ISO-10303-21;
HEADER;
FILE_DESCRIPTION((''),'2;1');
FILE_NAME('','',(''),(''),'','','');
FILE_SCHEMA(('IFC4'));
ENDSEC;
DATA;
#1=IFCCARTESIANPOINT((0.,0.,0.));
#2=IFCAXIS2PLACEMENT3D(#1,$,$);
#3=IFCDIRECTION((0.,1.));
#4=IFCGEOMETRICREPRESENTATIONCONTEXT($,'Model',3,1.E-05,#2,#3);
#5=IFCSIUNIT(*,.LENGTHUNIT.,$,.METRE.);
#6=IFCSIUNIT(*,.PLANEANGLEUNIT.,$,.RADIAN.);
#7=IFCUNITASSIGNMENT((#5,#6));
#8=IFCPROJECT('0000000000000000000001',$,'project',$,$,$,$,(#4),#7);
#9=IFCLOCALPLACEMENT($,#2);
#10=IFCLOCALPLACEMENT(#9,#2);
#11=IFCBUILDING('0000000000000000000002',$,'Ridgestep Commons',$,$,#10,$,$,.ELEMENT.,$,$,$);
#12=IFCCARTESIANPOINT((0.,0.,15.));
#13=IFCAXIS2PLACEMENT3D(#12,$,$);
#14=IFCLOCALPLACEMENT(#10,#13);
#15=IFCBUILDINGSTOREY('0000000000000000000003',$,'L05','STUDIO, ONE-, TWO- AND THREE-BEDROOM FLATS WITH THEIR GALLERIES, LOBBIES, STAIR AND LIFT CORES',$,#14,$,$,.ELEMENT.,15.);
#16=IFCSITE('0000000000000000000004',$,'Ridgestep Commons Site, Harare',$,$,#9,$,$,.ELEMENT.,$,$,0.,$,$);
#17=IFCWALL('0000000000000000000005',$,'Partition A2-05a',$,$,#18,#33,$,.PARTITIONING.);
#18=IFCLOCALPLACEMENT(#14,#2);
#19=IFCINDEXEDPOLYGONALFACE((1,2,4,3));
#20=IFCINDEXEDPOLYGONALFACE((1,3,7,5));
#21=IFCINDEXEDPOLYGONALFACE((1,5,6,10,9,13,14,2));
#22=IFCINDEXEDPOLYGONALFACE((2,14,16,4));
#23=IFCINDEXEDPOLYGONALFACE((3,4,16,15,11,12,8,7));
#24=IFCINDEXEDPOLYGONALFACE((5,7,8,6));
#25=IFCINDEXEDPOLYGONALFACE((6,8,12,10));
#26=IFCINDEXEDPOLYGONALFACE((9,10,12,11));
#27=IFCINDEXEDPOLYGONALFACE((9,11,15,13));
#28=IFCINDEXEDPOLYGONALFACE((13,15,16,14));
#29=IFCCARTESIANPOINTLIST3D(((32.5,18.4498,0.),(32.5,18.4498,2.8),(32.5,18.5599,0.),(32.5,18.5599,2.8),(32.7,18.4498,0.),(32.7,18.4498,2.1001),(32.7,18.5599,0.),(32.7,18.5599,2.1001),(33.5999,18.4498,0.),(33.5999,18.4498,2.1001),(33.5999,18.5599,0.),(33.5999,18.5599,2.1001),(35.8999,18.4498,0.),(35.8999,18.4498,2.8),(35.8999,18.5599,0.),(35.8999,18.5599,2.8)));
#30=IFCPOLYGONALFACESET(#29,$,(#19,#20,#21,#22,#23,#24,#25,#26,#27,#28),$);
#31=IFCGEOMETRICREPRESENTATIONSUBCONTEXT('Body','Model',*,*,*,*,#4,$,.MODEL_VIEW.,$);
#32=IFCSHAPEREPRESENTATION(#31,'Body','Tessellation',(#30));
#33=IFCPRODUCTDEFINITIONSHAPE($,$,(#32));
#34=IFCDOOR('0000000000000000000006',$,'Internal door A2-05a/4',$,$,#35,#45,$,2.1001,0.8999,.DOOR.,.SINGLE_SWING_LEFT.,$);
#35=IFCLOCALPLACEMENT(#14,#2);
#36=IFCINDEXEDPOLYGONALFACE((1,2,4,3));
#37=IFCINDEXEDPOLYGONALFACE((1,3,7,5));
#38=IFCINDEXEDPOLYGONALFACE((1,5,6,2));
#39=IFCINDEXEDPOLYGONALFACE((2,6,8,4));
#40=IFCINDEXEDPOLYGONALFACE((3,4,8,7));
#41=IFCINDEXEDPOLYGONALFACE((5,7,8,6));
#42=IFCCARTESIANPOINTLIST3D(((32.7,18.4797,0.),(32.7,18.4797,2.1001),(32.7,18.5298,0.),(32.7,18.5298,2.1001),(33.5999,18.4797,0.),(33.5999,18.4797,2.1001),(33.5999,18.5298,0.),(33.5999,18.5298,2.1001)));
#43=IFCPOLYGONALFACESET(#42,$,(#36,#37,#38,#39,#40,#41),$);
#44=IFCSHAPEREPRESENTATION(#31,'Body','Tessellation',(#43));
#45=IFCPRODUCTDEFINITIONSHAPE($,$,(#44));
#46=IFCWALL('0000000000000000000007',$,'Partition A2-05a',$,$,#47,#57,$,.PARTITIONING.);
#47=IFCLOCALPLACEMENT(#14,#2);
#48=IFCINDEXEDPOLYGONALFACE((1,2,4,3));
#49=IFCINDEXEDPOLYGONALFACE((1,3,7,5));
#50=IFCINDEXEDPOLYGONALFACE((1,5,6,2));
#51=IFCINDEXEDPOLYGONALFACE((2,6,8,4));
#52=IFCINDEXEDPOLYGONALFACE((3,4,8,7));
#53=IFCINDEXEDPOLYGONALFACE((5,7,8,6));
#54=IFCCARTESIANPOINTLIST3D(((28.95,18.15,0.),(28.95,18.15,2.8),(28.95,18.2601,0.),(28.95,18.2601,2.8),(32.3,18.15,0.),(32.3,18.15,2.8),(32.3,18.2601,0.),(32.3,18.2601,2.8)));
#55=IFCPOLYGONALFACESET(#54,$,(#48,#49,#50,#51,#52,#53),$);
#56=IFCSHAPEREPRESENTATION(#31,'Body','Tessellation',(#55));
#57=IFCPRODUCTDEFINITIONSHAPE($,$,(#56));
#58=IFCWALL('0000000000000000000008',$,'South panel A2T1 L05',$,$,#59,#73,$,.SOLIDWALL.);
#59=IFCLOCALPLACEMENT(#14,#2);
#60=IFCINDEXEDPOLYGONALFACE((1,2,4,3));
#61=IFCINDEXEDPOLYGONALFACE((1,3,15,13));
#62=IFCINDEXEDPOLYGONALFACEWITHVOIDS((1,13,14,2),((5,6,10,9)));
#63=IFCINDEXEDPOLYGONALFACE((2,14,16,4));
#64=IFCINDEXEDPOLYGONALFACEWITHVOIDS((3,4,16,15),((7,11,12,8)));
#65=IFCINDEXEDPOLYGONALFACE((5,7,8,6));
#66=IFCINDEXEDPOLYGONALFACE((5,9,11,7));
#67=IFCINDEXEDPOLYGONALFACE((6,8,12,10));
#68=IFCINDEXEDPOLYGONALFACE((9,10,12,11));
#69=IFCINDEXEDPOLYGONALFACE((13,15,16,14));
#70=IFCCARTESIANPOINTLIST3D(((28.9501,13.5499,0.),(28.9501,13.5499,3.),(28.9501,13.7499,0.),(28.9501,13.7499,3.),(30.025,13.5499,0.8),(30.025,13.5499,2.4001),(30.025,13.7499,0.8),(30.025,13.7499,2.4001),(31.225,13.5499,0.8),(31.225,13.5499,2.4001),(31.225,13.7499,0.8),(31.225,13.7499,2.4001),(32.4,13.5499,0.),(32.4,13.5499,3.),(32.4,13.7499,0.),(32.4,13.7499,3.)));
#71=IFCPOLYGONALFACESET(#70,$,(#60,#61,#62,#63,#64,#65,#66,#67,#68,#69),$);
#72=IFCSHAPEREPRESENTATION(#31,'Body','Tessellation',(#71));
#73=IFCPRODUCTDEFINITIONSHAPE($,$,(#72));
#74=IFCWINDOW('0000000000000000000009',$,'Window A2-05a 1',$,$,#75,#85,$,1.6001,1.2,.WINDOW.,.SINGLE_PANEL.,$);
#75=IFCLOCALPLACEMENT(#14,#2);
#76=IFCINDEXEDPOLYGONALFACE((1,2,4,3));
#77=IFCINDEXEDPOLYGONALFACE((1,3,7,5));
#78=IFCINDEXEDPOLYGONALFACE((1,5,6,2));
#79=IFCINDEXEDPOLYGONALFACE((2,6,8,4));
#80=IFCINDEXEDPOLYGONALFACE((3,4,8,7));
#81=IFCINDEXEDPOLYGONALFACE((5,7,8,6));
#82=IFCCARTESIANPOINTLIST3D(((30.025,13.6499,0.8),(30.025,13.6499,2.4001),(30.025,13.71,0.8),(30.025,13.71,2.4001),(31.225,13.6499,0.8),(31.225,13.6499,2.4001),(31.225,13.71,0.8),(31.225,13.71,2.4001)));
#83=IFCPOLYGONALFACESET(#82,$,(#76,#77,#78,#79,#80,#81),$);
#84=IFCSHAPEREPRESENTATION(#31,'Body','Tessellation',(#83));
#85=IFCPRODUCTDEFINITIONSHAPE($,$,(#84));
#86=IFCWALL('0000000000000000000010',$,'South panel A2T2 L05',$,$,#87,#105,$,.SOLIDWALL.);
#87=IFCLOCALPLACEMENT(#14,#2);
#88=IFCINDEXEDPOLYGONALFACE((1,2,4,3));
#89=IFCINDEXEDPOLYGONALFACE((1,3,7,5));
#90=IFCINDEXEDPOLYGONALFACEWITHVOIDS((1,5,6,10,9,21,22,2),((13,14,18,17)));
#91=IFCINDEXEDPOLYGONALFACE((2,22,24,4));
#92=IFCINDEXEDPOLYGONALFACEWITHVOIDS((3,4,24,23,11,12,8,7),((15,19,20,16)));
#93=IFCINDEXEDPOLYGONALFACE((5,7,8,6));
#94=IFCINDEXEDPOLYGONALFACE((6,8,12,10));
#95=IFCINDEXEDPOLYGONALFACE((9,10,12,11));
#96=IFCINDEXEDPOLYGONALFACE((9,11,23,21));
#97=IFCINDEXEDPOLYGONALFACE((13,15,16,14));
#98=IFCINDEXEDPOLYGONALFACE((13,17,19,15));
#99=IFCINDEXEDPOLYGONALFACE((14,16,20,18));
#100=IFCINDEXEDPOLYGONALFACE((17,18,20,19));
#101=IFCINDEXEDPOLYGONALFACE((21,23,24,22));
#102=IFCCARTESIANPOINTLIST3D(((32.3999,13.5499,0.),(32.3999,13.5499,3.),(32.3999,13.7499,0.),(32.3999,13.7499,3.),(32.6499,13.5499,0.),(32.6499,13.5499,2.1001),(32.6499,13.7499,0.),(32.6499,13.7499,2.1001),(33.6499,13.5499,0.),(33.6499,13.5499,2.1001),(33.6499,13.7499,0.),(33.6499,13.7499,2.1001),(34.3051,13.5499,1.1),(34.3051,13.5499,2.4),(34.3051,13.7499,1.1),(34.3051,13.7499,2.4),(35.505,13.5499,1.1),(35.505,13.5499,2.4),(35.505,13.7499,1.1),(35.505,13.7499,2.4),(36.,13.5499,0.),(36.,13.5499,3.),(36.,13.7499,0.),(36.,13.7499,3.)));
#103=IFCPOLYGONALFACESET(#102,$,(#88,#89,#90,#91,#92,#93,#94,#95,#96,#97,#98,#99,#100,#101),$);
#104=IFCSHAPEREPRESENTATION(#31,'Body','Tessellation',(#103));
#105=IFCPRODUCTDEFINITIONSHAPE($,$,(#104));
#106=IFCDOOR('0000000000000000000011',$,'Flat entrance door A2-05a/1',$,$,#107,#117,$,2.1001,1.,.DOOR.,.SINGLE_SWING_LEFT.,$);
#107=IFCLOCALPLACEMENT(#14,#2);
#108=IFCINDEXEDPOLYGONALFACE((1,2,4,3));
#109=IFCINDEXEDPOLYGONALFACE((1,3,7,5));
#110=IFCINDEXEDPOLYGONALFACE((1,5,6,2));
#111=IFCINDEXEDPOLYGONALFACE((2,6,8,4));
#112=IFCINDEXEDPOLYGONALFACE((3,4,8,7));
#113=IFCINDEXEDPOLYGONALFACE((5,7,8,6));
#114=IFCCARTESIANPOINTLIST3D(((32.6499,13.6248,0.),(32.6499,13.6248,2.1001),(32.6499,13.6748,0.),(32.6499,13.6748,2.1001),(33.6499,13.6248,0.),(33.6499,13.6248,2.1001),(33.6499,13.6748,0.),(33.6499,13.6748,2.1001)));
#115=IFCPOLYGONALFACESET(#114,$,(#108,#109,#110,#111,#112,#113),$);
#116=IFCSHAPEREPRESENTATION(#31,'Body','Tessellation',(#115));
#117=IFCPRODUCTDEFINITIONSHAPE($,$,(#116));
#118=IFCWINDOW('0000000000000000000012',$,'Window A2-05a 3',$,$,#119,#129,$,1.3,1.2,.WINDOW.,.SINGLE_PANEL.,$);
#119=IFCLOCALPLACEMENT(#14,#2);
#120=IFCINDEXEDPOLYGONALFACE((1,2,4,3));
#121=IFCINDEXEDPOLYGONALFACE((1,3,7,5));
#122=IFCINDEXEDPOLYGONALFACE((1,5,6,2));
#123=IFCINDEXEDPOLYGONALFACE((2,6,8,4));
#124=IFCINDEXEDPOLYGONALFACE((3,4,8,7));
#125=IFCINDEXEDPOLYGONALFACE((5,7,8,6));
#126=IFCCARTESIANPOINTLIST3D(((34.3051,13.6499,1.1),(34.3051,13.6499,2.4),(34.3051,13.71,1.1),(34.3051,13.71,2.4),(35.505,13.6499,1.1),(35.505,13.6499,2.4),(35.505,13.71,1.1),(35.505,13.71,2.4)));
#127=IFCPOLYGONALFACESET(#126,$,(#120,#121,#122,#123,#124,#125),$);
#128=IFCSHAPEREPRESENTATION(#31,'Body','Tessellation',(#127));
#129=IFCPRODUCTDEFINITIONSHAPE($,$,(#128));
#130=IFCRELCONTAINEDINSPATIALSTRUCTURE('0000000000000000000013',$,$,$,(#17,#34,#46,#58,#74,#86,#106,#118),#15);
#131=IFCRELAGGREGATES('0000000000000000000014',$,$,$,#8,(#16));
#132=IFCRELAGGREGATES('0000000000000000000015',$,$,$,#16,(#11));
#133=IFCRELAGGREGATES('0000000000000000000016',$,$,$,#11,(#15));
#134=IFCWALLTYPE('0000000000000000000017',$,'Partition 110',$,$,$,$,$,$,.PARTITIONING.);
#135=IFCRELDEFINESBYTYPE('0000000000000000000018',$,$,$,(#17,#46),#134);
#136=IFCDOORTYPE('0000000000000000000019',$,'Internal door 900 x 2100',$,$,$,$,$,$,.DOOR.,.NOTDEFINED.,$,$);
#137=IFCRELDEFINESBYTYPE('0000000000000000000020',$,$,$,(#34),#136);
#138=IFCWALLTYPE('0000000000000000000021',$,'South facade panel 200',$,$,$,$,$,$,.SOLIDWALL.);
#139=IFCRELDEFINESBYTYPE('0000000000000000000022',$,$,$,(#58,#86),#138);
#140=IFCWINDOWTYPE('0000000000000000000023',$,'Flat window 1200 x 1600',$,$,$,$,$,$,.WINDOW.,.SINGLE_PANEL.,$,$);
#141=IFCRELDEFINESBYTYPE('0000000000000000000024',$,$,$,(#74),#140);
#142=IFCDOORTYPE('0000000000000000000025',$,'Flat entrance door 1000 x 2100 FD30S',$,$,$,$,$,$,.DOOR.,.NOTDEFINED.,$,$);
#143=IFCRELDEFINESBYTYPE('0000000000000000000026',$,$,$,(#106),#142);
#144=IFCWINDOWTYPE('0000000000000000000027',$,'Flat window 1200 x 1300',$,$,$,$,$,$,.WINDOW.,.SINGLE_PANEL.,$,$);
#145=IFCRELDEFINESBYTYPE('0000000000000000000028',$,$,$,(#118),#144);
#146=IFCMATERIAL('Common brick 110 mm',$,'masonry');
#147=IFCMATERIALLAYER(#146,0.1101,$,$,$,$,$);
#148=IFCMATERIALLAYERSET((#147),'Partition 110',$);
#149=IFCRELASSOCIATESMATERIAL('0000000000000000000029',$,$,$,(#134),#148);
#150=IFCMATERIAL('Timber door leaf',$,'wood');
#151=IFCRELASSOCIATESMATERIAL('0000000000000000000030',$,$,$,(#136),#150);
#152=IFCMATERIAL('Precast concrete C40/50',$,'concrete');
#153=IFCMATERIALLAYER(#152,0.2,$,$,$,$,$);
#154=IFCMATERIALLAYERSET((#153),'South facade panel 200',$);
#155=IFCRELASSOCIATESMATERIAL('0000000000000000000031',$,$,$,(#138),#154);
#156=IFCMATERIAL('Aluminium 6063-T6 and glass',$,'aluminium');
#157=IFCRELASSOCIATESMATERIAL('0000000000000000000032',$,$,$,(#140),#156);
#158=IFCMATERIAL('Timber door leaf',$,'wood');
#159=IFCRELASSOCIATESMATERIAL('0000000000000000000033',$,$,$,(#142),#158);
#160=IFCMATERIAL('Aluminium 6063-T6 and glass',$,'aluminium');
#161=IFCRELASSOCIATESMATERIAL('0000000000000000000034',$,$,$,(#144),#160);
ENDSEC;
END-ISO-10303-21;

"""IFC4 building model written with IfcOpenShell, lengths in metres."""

from ifc_helpers import new_model, si_unit, direction, frame, frame_2d, origin, place, context, subcontext, project, spatial, rectangle, extrude, material, layer, layer_set, type_object, element, fill, save


model = new_model("IFC4")

# Units and contexts
model_context = context("Model", 3, precision=1e-05, world=origin(), true_north=direction((0.0, 1.0)))
body_context = subcontext(model_context, "Body", "Model", "MODEL_VIEW")
ifc_project = project(units=[si_unit("LENGTHUNIT", "METRE"), si_unit("PLANEANGLEUNIT", "RADIAN")], contexts=[model_context])

# Site, building, storey
site_placement = place(None, origin())
site = spatial("IfcSite", under=ifc_project, at=site_placement, Name="Ridgestep Commons Site, Harare", CompositionType="ELEMENT", RefElevation=0.0)
building_placement = place(site_placement, origin())
building = spatial("IfcBuilding", under=site, at=building_placement, Name="Ridgestep Commons", CompositionType="ELEMENT")
storey_placement = place(building_placement, frame((0.0, 0.0, 15.0)))
storey = spatial("IfcBuildingStorey", under=building, at=storey_placement, Name="L05", Description="STUDIO, ONE-, TWO- AND THREE-BEDROOM FLATS WITH THEIR GALLERIES, LOBBIES, STAIR AND LIFT CORES", CompositionType="ELEMENT", Elevation=15.0)

# Shared definitions
ifc_material_1 = material(Name="Common brick 110 mm", Category="masonry")
ifc_layer_1 = layer(ifc_material_1, 0.1101)
ifc_layer_set_1 = layer_set([ifc_layer_1], Name="Partition 110")
wall_type_1 = type_object("IfcWallType", Name="Partition 110", PredefinedType="PARTITIONING", material=ifc_layer_set_1)

# Wall, opening, door
wall_1_placement = place(storey_placement, frame((32.5, 18.5049, 0.0), z_axis=(0.0, 0.0, 1.0), x_axis=(1.0, 0.0, 0.0)))
wall_1 = element("IfcWall", 1, at=wall_1_placement, inside=storey, type_object=wall_type_1, Name="Partition A2-05a", PredefinedType="PARTITIONING", context=body_context, shape_type="SweptSolid", body=[
    extrude(rectangle(XDim=3.3999, YDim=0.1101, at=frame_2d((1.7, 0.0))), origin(), (0.0, 0.0, 1.0), 2.8),
])
opening_1_placement = place(wall_1_placement, frame((0.2, 0.0, 0.0)))
opening_1 = element("IfcOpeningElement", 2, at=opening_1_placement, cuts=wall_1, PredefinedType="OPENING", context=body_context, shape_type="SweptSolid", body=[
    extrude(rectangle(XDim=0.8999, YDim=2.1001, at=frame_2d((0.45, 1.05))), frame((0.0, 0.0649, 0.0), z_axis=(0.0, -1.0, 0.0), x_axis=(1.0, 0.0, 0.0)), (0.0, 0.0, 1.0), 0.1301),
])
ifc_material_2 = material(Name="Timber door leaf", Category="wood")
door_type_1 = type_object("IfcDoorType", Name="Internal door 900 x 2100", OperationType="NOTDEFINED", PredefinedType="DOOR", material=ifc_material_2)
door_1_placement = place(opening_1_placement, origin())
door_1 = element("IfcDoor", 3, at=door_1_placement, inside=storey, type_object=door_type_1, Name="Internal door A2-05a/4", OperationType="SINGLE_SWING_LEFT", OverallHeight=2.1001, OverallWidth=0.8999, PredefinedType="DOOR", context=body_context, shape_type="SweptSolid", body=[
    extrude(rectangle(XDim=0.8999, YDim=2.1001, at=frame_2d((0.45, 1.05))), frame((0.0, 0.0249, 0.0), z_axis=(0.0, -1.0, 0.0), x_axis=(1.0, 0.0, 0.0)), (0.0, 0.0, 1.0), 0.05),
])
fill(opening_1, door_1)

# Wall
wall_2_placement = place(storey_placement, frame((28.95, 18.2051, 0.0), z_axis=(0.0, 0.0, 1.0), x_axis=(1.0, 0.0, 0.0)))
element("IfcWall", 4, at=wall_2_placement, inside=storey, type_object=wall_type_1, Name="Partition A2-05a", PredefinedType="PARTITIONING", context=body_context, shape_type="SweptSolid", body=[
    extrude(rectangle(XDim=3.3501, YDim=0.1101, at=frame_2d((1.675, 0.0))), origin(), (0.0, 0.0, 1.0), 2.8),
])

# Wall, opening, window
ifc_material_3 = material(Name="Precast concrete C40/50", Category="concrete")
ifc_layer_2 = layer(ifc_material_3, 0.2)
ifc_layer_set_2 = layer_set([ifc_layer_2], Name="South facade panel 200")
wall_type_2 = type_object("IfcWallType", Name="South facade panel 200", PredefinedType="SOLIDWALL", material=ifc_layer_set_2)
wall_3_placement = place(storey_placement, frame((28.95, 13.6499, 0.0), z_axis=(0.0, 0.0, 1.0), x_axis=(1.0, 0.0, 0.0)))
wall_3 = element("IfcWall", 5, at=wall_3_placement, inside=storey, type_object=wall_type_2, Name="South panel A2T1 L05", PredefinedType="SOLIDWALL", context=body_context, shape_type="SweptSolid", body=[
    extrude(rectangle(XDim=3.45, YDim=0.2, at=frame_2d((1.7251, 0.0))), origin(), (0.0, 0.0, 1.0), 3.0),
])
opening_2_placement = place(wall_3_placement, frame((1.075, 0.0, 0.8)))
opening_2 = element("IfcOpeningElement", 6, at=opening_2_placement, cuts=wall_3, PredefinedType="OPENING", context=body_context, shape_type="SweptSolid", body=[
    extrude(rectangle(XDim=1.2, YDim=1.6001, at=frame_2d((0.6001, 0.8))), frame((0.0, 0.1099, 0.0), z_axis=(0.0, -1.0, 0.0), x_axis=(1.0, 0.0, 0.0)), (0.0, 0.0, 1.0), 0.22),
])
ifc_material_4 = material(Name="Aluminium 6063-T6 and glass", Category="aluminium")
window_type_1 = type_object("IfcWindowType", Name="Flat window 1200 x 1600", PartitioningType="SINGLE_PANEL", PredefinedType="WINDOW", material=ifc_material_4)
window_1_placement = place(opening_2_placement, origin())
window_1 = element("IfcWindow", 7, at=window_1_placement, inside=storey, type_object=window_type_1, Name="Window A2-05a 1", OverallHeight=1.6001, OverallWidth=1.2, PartitioningType="SINGLE_PANEL", PredefinedType="WINDOW", context=body_context, shape_type="SweptSolid", body=[
    extrude(rectangle(XDim=1.2, YDim=1.6001, at=frame_2d((0.6001, 0.8))), frame((0.0, 0.0601, 0.0), z_axis=(0.0, -1.0, 0.0), x_axis=(1.0, 0.0, 0.0)), (0.0, 0.0, 1.0), 0.0601),
])
fill(opening_2, window_1)

# Wall, openings, door, window
wall_4_placement = place(storey_placement, frame((32.3999, 13.6499, 0.0), z_axis=(0.0, 0.0, 1.0), x_axis=(1.0, 0.0, 0.0)))
wall_4 = element("IfcWall", 8, at=wall_4_placement, inside=storey, type_object=wall_type_2, Name="South panel A2T2 L05", PredefinedType="SOLIDWALL", context=body_context, shape_type="SweptSolid", body=[
    extrude(rectangle(XDim=3.6001, YDim=0.2, at=frame_2d((1.8, 0.0))), origin(), (0.0, 0.0, 1.0), 3.0),
])
opening_3_placement = place(wall_4_placement, frame((1.905, 0.0, 1.1001)))
opening_3 = element("IfcOpeningElement", 9, at=opening_3_placement, cuts=wall_4, PredefinedType="OPENING", context=body_context, shape_type="SweptSolid", body=[
    extrude(rectangle(XDim=1.2, YDim=1.3, at=frame_2d((0.6001, 0.6499))), frame((0.0, 0.1099, 0.0), z_axis=(0.0, -1.0, 0.0), x_axis=(1.0, 0.0, 0.0)), (0.0, 0.0, 1.0), 0.22),
])
opening_4_placement = place(wall_4_placement, frame((0.25, 0.0, 0.0)))
opening_4 = element("IfcOpeningElement", 10, at=opening_4_placement, cuts=wall_4, PredefinedType="OPENING", context=body_context, shape_type="SweptSolid", body=[
    extrude(rectangle(XDim=1.0, YDim=2.1001, at=frame_2d((0.5, 1.05))), frame((0.0, 0.1099, 0.0), z_axis=(0.0, -1.0, 0.0), x_axis=(1.0, 0.0, 0.0)), (0.0, 0.0, 1.0), 0.22),
])
ifc_material_5 = material(Name="Timber door leaf", Category="wood")
door_type_2 = type_object("IfcDoorType", Name="Flat entrance door 1000 x 2100 FD30S", OperationType="NOTDEFINED", PredefinedType="DOOR", material=ifc_material_5)
door_2_placement = place(opening_4_placement, origin())
door_2 = element("IfcDoor", 11, at=door_2_placement, inside=storey, type_object=door_type_2, Name="Flat entrance door A2-05a/1", OperationType="SINGLE_SWING_LEFT", OverallHeight=2.1001, OverallWidth=1.0, PredefinedType="DOOR", context=body_context, shape_type="SweptSolid", body=[
    extrude(rectangle(XDim=1.0, YDim=2.1001, at=frame_2d((0.5, 1.05))), frame((0.0, 0.0249, 0.0), z_axis=(0.0, -1.0, 0.0), x_axis=(1.0, 0.0, 0.0)), (0.0, 0.0, 1.0), 0.05),
])
fill(opening_4, door_2)
ifc_material_6 = material(Name="Aluminium 6063-T6 and glass", Category="aluminium")
window_type_2 = type_object("IfcWindowType", Name="Flat window 1200 x 1300", PartitioningType="SINGLE_PANEL", PredefinedType="WINDOW", material=ifc_material_6)
window_2_placement = place(opening_3_placement, origin())
window_2 = element("IfcWindow", 12, at=window_2_placement, inside=storey, type_object=window_type_2, Name="Window A2-05a 3", OverallHeight=1.3, OverallWidth=1.2, PartitioningType="SINGLE_PANEL", PredefinedType="WINDOW", context=body_context, shape_type="SweptSolid", body=[
    extrude(rectangle(XDim=1.2, YDim=1.3, at=frame_2d((0.6001, 0.6499))), frame((0.0, 0.0601, 0.0), z_axis=(0.0, -1.0, 0.0), x_axis=(1.0, 0.0, 0.0)), (0.0, 0.0, 1.0), 0.0601),
])
fill(opening_3, window_2)

save(model, "model.ifc")
